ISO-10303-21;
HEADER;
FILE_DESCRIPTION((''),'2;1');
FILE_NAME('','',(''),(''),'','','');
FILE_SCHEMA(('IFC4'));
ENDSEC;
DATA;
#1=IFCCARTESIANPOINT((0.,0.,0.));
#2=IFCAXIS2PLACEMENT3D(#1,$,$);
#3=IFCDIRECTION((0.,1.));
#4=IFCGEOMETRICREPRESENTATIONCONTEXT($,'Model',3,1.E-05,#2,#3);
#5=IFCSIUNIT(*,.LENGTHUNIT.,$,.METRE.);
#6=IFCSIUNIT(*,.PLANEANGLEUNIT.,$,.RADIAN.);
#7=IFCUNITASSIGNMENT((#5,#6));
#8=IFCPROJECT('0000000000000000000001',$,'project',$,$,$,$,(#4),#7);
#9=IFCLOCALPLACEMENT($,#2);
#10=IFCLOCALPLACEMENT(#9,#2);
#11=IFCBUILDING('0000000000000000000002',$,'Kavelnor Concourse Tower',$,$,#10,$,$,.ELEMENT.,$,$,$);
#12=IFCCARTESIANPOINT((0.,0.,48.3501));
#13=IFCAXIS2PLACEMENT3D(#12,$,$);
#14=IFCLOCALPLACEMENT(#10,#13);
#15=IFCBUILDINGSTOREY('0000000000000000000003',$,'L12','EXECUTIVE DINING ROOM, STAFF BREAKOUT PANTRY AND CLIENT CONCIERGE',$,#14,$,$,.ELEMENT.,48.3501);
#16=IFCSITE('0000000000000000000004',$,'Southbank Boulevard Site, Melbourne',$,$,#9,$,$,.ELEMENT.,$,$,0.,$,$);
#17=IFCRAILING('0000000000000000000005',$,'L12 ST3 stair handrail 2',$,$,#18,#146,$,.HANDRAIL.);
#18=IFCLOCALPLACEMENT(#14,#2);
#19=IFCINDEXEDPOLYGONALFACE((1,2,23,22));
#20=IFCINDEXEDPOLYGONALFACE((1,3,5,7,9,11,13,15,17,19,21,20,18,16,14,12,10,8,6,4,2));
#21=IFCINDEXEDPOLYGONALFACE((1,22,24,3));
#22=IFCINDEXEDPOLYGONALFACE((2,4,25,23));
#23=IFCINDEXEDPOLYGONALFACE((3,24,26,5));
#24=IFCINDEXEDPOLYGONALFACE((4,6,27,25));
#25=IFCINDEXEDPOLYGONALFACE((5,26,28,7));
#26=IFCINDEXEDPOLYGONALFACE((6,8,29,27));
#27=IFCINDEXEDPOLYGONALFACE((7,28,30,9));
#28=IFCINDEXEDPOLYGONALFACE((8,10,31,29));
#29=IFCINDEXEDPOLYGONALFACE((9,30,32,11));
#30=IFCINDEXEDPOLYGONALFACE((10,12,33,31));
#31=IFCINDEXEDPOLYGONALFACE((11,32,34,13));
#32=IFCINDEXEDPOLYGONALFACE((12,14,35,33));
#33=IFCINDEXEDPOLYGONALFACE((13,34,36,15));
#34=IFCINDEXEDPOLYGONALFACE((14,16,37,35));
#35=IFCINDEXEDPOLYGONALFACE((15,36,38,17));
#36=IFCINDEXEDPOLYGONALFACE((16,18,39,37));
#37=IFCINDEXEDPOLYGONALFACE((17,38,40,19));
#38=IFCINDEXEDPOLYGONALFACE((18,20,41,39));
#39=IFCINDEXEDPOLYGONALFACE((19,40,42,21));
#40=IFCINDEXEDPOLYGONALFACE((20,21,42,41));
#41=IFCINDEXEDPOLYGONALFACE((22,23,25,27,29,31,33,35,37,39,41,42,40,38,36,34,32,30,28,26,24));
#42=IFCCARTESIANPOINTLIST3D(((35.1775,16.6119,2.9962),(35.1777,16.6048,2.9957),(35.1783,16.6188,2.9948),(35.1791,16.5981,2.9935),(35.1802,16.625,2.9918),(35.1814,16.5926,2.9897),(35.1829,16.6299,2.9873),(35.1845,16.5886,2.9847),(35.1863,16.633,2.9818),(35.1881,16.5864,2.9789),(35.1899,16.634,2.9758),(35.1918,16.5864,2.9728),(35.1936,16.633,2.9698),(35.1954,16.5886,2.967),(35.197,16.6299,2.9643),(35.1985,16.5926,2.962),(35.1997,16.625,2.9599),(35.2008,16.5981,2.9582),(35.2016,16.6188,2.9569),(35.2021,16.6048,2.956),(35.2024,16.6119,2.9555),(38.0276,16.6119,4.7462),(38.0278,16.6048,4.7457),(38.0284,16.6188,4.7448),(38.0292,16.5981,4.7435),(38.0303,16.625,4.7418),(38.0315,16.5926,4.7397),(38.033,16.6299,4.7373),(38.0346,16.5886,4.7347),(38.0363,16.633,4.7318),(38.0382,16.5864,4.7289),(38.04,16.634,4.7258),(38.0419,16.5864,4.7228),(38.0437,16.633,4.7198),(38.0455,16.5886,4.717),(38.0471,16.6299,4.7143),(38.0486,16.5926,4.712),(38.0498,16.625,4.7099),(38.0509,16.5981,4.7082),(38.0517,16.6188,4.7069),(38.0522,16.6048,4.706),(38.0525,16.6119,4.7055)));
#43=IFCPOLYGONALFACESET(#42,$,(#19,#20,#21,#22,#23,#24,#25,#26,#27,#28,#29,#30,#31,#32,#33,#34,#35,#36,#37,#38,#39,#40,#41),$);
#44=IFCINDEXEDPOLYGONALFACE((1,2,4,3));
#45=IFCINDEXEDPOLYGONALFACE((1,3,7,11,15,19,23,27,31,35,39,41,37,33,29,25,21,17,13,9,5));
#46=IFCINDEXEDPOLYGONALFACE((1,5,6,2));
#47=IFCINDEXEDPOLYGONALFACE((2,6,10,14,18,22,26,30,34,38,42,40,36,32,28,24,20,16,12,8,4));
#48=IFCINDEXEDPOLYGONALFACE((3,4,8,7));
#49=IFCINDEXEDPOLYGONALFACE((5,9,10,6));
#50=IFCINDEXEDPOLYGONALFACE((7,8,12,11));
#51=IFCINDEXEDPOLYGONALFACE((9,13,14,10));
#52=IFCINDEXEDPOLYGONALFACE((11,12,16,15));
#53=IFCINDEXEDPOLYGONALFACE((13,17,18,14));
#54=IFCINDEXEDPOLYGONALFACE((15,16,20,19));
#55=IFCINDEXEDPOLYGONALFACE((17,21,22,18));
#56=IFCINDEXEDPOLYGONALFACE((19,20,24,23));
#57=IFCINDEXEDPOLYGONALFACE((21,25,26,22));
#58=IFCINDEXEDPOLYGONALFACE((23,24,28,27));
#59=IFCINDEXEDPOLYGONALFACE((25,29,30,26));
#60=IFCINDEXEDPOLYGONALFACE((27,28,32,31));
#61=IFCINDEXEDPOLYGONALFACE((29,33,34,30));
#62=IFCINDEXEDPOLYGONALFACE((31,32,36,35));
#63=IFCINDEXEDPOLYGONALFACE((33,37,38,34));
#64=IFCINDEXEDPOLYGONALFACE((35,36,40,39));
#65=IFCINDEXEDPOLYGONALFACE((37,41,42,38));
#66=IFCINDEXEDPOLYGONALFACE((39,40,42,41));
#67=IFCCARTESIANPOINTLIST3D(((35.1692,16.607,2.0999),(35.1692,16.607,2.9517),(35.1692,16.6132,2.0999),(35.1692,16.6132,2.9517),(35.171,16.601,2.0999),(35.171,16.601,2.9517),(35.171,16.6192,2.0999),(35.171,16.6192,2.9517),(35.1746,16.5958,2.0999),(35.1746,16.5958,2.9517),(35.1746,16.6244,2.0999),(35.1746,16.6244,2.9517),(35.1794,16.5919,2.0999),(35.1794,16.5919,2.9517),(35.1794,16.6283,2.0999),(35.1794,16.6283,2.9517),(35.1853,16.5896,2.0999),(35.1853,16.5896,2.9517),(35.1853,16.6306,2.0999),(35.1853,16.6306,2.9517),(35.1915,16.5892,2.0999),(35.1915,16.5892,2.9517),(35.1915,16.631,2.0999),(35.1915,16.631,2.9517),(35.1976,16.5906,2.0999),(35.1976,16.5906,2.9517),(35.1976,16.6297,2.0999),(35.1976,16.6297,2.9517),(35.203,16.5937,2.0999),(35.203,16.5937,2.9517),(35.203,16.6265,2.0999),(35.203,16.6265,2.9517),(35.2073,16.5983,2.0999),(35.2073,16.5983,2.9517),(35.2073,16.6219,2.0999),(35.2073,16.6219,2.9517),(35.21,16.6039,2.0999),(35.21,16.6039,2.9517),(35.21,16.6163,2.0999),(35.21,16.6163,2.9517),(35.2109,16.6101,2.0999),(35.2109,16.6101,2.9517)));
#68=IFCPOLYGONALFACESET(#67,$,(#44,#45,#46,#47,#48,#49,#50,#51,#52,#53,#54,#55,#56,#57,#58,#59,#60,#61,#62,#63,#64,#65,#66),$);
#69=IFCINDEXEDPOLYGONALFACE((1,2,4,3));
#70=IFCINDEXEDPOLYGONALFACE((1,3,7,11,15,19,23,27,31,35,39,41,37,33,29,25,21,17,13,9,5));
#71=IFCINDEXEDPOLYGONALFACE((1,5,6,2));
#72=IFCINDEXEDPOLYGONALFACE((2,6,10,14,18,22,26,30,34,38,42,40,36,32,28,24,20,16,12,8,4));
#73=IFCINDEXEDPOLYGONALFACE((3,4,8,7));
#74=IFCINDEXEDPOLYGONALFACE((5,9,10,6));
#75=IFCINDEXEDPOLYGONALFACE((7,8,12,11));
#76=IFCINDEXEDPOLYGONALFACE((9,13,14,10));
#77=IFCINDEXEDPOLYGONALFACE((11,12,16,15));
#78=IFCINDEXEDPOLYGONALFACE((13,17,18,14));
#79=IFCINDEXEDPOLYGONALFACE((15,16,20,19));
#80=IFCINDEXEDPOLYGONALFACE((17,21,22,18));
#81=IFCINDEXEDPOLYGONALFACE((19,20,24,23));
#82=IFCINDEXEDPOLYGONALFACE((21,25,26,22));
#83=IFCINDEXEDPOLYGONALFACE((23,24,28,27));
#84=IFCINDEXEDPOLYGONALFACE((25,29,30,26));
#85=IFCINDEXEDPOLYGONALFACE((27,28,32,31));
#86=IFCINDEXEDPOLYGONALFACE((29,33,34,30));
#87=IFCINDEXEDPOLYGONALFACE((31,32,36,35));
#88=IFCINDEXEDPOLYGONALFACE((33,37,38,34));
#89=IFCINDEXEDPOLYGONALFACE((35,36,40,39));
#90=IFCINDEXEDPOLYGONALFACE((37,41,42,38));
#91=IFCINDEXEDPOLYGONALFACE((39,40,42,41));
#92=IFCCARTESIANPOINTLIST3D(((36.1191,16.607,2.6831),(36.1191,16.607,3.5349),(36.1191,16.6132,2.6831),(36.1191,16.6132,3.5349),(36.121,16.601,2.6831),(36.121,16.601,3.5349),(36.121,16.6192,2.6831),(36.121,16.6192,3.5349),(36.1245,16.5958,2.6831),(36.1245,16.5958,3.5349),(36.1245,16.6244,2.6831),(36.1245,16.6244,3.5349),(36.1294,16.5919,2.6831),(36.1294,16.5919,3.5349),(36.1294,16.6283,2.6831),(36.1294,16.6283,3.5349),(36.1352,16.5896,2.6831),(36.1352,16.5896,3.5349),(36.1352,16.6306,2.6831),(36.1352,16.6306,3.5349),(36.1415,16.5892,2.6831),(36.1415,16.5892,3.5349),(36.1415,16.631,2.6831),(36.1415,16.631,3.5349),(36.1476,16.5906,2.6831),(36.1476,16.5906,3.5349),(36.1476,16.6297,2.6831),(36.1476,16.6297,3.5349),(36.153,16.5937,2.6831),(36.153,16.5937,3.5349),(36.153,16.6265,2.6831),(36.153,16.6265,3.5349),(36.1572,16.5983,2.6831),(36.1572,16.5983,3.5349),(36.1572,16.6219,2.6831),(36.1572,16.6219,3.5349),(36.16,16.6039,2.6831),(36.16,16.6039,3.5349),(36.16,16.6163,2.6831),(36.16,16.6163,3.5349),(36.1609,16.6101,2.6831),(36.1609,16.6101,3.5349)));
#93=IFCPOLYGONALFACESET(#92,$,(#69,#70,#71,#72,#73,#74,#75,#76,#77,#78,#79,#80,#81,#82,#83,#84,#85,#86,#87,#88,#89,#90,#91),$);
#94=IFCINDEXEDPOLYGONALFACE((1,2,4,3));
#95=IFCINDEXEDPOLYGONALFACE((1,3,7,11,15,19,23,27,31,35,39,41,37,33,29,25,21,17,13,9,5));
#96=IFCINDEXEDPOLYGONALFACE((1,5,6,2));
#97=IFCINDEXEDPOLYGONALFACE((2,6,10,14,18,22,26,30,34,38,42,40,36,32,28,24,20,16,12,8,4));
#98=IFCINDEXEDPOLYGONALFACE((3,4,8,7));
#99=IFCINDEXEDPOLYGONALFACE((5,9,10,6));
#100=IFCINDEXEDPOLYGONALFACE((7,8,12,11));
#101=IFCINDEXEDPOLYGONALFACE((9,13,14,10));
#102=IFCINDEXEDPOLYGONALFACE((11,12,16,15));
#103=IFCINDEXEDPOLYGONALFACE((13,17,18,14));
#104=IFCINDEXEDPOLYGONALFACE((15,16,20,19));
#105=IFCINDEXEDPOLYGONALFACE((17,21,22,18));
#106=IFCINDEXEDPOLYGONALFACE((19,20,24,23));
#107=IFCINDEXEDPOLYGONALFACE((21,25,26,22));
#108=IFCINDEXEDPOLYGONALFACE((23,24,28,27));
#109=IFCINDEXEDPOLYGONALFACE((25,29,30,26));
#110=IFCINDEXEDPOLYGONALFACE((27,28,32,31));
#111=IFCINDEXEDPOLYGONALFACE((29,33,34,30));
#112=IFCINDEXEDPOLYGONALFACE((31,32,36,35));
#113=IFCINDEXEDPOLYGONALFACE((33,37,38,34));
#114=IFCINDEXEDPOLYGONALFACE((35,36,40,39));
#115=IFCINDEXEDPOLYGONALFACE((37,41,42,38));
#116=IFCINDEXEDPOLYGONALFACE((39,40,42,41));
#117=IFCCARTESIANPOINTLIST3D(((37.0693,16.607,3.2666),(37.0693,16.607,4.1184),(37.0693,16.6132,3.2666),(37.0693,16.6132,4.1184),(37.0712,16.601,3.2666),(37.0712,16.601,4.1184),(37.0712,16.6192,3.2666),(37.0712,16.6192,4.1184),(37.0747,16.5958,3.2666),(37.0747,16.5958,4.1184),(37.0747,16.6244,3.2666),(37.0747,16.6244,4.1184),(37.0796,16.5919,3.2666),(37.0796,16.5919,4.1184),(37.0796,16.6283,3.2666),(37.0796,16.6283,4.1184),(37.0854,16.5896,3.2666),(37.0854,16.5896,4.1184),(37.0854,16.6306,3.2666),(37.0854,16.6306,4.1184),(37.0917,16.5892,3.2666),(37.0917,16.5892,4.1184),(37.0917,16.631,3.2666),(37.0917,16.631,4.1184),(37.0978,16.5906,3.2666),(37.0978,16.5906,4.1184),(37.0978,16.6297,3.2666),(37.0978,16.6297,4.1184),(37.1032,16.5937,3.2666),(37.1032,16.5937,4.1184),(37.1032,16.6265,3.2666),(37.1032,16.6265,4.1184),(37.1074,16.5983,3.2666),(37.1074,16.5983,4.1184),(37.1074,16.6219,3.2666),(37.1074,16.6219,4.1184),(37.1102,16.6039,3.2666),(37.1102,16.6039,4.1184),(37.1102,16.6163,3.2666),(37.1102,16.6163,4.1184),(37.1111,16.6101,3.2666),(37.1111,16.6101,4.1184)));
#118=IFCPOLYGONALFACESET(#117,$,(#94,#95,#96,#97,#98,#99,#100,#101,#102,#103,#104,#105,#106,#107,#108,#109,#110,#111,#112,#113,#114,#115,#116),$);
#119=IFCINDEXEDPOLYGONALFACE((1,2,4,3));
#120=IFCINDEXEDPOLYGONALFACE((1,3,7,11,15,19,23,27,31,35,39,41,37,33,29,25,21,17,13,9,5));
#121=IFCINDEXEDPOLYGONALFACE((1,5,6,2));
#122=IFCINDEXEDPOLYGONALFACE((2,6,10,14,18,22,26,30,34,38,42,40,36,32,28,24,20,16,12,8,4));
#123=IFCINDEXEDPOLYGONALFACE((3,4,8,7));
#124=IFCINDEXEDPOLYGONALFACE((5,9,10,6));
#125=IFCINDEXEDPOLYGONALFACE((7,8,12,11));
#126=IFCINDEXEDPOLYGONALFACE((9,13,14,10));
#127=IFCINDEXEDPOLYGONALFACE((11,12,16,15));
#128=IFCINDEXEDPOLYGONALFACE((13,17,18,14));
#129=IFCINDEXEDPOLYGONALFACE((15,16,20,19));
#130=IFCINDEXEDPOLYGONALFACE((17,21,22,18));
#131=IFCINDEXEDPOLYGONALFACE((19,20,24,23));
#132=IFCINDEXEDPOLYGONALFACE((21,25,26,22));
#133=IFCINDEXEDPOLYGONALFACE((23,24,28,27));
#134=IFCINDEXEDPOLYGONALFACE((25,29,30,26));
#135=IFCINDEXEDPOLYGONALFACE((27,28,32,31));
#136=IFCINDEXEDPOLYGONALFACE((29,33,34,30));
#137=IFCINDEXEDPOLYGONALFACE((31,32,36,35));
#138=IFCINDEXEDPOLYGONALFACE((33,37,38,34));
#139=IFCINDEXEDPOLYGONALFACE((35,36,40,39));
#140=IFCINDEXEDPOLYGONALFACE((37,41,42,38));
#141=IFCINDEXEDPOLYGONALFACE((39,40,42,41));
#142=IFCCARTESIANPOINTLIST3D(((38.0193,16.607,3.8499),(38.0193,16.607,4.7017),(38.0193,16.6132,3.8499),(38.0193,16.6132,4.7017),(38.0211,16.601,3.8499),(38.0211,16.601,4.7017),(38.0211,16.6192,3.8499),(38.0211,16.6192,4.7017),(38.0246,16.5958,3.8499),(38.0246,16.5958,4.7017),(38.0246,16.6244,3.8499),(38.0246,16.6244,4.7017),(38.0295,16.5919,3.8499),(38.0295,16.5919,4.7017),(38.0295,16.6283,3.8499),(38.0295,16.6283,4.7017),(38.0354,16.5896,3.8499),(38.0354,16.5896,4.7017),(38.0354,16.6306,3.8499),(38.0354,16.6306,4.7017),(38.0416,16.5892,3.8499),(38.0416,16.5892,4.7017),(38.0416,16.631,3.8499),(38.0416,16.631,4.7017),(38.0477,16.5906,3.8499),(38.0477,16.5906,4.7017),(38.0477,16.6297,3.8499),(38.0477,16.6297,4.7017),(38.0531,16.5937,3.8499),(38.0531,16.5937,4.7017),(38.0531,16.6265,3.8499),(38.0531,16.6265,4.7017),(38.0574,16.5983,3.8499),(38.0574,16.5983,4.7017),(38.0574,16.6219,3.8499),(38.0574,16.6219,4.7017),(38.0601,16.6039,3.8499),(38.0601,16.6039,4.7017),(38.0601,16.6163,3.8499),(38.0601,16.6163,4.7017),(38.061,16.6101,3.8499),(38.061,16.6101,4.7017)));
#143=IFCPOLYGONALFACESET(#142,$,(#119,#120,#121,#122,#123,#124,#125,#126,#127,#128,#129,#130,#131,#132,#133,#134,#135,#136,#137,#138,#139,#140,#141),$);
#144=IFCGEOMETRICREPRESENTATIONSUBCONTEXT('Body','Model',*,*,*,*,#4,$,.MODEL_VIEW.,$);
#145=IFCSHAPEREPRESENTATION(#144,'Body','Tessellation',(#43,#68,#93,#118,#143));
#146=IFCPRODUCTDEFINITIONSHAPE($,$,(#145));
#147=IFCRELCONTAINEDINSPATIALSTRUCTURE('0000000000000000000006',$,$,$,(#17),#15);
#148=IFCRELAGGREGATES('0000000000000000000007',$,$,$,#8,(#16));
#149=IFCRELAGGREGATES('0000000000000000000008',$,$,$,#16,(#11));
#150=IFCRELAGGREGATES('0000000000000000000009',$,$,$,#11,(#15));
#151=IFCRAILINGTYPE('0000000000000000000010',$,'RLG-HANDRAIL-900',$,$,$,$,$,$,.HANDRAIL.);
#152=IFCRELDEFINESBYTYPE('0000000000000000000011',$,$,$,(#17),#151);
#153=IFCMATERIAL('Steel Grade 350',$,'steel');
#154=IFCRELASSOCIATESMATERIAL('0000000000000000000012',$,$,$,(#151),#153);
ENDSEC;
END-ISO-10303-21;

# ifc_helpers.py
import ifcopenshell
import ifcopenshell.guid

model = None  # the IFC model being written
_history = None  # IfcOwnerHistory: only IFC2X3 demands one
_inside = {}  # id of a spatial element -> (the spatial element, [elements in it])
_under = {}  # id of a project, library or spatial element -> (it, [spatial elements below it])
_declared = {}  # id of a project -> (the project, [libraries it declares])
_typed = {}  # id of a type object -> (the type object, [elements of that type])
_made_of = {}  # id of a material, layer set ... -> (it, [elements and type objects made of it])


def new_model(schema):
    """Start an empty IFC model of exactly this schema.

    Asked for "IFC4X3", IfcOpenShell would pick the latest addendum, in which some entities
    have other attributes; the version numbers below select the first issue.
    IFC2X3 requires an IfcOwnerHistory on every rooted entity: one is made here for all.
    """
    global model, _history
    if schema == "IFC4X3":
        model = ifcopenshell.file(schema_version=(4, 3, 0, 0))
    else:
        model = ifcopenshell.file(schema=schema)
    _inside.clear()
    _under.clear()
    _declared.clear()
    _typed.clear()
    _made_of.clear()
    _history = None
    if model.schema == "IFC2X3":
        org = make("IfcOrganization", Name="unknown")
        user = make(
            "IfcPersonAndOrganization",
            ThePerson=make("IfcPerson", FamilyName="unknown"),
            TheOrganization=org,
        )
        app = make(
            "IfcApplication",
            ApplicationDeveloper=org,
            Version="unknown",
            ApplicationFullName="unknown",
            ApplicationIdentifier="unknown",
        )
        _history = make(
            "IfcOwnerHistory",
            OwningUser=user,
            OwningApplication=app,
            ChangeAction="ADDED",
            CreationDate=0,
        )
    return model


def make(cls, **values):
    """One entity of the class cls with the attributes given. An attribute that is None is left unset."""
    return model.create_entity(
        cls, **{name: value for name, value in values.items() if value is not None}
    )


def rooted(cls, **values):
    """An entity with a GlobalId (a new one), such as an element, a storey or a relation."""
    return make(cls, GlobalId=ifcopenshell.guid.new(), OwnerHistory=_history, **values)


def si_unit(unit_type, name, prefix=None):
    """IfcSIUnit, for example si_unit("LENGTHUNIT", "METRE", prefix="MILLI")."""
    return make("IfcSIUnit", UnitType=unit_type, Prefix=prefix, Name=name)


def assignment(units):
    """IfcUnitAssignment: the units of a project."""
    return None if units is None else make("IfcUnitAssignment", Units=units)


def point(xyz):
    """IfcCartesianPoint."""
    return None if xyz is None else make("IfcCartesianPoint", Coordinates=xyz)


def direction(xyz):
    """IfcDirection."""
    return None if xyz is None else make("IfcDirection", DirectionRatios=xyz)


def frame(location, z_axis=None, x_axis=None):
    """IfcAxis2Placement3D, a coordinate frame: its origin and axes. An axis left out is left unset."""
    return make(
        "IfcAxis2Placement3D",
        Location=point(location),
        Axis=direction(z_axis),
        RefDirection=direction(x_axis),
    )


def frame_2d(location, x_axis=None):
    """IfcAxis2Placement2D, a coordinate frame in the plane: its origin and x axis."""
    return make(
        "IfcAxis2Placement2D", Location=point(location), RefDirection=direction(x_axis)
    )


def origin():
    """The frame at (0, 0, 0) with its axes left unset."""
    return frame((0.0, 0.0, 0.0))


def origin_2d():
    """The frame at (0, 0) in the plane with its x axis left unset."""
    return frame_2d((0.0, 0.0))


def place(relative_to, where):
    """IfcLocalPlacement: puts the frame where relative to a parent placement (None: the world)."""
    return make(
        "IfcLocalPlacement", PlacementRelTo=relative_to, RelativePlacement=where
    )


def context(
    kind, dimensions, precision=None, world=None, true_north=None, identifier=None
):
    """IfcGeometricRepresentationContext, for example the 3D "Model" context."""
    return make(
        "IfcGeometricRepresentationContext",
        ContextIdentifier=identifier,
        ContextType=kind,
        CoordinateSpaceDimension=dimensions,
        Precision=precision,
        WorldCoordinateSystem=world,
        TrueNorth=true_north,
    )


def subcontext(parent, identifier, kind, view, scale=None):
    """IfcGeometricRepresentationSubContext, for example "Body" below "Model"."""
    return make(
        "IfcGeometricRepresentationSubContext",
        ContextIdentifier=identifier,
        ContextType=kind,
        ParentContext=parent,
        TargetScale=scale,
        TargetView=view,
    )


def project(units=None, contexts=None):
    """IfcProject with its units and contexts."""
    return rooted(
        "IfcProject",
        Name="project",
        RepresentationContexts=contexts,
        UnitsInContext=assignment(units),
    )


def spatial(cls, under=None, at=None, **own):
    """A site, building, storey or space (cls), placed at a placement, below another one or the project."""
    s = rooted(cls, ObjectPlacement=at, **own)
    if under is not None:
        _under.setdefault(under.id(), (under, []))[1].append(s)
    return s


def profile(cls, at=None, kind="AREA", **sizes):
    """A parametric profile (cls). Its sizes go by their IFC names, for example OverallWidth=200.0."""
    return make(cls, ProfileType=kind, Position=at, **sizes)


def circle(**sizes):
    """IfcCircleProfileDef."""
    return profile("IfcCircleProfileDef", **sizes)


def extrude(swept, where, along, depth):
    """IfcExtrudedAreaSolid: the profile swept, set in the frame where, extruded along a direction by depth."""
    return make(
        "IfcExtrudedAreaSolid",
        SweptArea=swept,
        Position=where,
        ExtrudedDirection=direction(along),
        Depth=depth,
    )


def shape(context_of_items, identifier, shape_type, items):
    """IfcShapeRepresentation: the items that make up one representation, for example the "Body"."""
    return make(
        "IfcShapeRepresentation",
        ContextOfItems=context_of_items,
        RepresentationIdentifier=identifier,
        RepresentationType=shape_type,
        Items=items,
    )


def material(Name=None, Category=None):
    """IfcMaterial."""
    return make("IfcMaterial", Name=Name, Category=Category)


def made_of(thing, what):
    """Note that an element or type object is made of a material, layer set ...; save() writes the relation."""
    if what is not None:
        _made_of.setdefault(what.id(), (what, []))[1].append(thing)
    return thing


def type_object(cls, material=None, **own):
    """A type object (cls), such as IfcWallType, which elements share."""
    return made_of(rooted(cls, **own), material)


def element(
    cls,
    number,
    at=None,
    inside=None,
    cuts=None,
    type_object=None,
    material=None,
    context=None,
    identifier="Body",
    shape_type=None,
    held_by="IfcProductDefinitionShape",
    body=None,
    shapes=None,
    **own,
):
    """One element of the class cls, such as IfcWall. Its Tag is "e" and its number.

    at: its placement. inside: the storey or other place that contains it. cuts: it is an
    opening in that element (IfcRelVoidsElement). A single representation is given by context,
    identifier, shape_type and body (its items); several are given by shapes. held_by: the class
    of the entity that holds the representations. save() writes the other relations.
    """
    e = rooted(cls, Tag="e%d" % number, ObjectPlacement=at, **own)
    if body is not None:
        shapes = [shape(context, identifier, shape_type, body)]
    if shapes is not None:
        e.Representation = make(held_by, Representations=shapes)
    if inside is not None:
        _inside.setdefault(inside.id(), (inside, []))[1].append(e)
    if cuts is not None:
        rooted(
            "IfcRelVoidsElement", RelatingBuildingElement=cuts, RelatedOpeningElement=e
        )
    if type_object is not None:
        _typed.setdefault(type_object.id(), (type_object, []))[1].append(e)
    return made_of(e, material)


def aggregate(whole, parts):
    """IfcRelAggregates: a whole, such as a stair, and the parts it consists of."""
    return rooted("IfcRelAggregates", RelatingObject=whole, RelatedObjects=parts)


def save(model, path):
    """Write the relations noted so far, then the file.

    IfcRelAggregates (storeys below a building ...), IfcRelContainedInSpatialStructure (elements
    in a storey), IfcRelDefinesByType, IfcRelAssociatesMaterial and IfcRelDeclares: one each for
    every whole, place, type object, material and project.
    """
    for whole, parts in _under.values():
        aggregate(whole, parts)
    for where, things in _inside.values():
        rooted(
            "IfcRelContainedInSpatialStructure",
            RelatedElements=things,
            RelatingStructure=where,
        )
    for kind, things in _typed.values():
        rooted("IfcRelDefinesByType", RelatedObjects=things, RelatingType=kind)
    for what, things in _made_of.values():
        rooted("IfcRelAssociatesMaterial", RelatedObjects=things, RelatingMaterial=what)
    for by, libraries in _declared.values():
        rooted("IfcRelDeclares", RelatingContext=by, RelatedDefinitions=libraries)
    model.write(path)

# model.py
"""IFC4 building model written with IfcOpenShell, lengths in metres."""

from ifc_helpers import new_model, si_unit, direction, frame, origin, origin_2d, place, context, subcontext, project, spatial, circle, extrude, material, type_object, element, save


model = new_model("IFC4")

# Units and contexts
model_context = context("Model", 3, precision=1e-05, world=origin(), true_north=direction((0.0, 1.0)))
body_context = subcontext(model_context, "Body", "Model", "MODEL_VIEW")
ifc_project = project(units=[si_unit("LENGTHUNIT", "METRE"), si_unit("PLANEANGLEUNIT", "RADIAN")], contexts=[model_context])

# Site, building, storey
site_placement = place(None, origin())
site = spatial("IfcSite", under=ifc_project, at=site_placement, Name="Southbank Boulevard Site, Melbourne", CompositionType="ELEMENT", RefElevation=0.0)
building_placement = place(site_placement, origin())
building = spatial("IfcBuilding", under=site, at=building_placement, Name="Kavelnor Concourse Tower", CompositionType="ELEMENT")
storey_placement = place(building_placement, frame((0.0, 0.0, 48.3501)))
storey = spatial("IfcBuildingStorey", under=building, at=storey_placement, Name="L12", Description="EXECUTIVE DINING ROOM, STAFF BREAKOUT PANTRY AND CLIENT CONCIERGE", CompositionType="ELEMENT", Elevation=48.3501)

# Shared definitions
ifc_material_1 = material(Name="Steel Grade 350", Category="steel")

# Railing
railing_type_1 = type_object("IfcRailingType", Name="RLG-HANDRAIL-900", PredefinedType="HANDRAIL", material=ifc_material_1)
railing_1_placement = place(storey_placement, frame((35.1899, 16.6101, 2.0999)))
element("IfcRailing", 1, at=railing_1_placement, inside=storey, type_object=railing_type_1, Name="L12 ST3 stair handrail 2", PredefinedType="HANDRAIL", context=body_context, shape_type="SweptSolid", body=[
    extrude(circle(Radius=0.0239, at=origin_2d()), frame((0.0, 0.0, 0.876), z_axis=(0.852179, 0.0, 0.52325), x_axis=(0.0, 1.0, 0.0)), (0.0, 0.0, 1.0), 3.3445),
    extrude(circle(Radius=0.021, at=origin_2d()), origin(), (0.0, 0.0, 1.0), 0.8518),
    extrude(circle(Radius=0.021, at=origin_2d()), frame((0.95, 0.0, 0.5833)), (0.0, 0.0, 1.0), 0.8518),
    extrude(circle(Radius=0.021, at=origin_2d()), frame((1.9001, 0.0, 1.1667)), (0.0, 0.0, 1.0), 0.8518),
    extrude(circle(Radius=0.021, at=origin_2d()), frame((2.8501, 0.0, 1.75)), (0.0, 0.0, 1.0), 0.8518),
])

save(model, "model.ifc")
